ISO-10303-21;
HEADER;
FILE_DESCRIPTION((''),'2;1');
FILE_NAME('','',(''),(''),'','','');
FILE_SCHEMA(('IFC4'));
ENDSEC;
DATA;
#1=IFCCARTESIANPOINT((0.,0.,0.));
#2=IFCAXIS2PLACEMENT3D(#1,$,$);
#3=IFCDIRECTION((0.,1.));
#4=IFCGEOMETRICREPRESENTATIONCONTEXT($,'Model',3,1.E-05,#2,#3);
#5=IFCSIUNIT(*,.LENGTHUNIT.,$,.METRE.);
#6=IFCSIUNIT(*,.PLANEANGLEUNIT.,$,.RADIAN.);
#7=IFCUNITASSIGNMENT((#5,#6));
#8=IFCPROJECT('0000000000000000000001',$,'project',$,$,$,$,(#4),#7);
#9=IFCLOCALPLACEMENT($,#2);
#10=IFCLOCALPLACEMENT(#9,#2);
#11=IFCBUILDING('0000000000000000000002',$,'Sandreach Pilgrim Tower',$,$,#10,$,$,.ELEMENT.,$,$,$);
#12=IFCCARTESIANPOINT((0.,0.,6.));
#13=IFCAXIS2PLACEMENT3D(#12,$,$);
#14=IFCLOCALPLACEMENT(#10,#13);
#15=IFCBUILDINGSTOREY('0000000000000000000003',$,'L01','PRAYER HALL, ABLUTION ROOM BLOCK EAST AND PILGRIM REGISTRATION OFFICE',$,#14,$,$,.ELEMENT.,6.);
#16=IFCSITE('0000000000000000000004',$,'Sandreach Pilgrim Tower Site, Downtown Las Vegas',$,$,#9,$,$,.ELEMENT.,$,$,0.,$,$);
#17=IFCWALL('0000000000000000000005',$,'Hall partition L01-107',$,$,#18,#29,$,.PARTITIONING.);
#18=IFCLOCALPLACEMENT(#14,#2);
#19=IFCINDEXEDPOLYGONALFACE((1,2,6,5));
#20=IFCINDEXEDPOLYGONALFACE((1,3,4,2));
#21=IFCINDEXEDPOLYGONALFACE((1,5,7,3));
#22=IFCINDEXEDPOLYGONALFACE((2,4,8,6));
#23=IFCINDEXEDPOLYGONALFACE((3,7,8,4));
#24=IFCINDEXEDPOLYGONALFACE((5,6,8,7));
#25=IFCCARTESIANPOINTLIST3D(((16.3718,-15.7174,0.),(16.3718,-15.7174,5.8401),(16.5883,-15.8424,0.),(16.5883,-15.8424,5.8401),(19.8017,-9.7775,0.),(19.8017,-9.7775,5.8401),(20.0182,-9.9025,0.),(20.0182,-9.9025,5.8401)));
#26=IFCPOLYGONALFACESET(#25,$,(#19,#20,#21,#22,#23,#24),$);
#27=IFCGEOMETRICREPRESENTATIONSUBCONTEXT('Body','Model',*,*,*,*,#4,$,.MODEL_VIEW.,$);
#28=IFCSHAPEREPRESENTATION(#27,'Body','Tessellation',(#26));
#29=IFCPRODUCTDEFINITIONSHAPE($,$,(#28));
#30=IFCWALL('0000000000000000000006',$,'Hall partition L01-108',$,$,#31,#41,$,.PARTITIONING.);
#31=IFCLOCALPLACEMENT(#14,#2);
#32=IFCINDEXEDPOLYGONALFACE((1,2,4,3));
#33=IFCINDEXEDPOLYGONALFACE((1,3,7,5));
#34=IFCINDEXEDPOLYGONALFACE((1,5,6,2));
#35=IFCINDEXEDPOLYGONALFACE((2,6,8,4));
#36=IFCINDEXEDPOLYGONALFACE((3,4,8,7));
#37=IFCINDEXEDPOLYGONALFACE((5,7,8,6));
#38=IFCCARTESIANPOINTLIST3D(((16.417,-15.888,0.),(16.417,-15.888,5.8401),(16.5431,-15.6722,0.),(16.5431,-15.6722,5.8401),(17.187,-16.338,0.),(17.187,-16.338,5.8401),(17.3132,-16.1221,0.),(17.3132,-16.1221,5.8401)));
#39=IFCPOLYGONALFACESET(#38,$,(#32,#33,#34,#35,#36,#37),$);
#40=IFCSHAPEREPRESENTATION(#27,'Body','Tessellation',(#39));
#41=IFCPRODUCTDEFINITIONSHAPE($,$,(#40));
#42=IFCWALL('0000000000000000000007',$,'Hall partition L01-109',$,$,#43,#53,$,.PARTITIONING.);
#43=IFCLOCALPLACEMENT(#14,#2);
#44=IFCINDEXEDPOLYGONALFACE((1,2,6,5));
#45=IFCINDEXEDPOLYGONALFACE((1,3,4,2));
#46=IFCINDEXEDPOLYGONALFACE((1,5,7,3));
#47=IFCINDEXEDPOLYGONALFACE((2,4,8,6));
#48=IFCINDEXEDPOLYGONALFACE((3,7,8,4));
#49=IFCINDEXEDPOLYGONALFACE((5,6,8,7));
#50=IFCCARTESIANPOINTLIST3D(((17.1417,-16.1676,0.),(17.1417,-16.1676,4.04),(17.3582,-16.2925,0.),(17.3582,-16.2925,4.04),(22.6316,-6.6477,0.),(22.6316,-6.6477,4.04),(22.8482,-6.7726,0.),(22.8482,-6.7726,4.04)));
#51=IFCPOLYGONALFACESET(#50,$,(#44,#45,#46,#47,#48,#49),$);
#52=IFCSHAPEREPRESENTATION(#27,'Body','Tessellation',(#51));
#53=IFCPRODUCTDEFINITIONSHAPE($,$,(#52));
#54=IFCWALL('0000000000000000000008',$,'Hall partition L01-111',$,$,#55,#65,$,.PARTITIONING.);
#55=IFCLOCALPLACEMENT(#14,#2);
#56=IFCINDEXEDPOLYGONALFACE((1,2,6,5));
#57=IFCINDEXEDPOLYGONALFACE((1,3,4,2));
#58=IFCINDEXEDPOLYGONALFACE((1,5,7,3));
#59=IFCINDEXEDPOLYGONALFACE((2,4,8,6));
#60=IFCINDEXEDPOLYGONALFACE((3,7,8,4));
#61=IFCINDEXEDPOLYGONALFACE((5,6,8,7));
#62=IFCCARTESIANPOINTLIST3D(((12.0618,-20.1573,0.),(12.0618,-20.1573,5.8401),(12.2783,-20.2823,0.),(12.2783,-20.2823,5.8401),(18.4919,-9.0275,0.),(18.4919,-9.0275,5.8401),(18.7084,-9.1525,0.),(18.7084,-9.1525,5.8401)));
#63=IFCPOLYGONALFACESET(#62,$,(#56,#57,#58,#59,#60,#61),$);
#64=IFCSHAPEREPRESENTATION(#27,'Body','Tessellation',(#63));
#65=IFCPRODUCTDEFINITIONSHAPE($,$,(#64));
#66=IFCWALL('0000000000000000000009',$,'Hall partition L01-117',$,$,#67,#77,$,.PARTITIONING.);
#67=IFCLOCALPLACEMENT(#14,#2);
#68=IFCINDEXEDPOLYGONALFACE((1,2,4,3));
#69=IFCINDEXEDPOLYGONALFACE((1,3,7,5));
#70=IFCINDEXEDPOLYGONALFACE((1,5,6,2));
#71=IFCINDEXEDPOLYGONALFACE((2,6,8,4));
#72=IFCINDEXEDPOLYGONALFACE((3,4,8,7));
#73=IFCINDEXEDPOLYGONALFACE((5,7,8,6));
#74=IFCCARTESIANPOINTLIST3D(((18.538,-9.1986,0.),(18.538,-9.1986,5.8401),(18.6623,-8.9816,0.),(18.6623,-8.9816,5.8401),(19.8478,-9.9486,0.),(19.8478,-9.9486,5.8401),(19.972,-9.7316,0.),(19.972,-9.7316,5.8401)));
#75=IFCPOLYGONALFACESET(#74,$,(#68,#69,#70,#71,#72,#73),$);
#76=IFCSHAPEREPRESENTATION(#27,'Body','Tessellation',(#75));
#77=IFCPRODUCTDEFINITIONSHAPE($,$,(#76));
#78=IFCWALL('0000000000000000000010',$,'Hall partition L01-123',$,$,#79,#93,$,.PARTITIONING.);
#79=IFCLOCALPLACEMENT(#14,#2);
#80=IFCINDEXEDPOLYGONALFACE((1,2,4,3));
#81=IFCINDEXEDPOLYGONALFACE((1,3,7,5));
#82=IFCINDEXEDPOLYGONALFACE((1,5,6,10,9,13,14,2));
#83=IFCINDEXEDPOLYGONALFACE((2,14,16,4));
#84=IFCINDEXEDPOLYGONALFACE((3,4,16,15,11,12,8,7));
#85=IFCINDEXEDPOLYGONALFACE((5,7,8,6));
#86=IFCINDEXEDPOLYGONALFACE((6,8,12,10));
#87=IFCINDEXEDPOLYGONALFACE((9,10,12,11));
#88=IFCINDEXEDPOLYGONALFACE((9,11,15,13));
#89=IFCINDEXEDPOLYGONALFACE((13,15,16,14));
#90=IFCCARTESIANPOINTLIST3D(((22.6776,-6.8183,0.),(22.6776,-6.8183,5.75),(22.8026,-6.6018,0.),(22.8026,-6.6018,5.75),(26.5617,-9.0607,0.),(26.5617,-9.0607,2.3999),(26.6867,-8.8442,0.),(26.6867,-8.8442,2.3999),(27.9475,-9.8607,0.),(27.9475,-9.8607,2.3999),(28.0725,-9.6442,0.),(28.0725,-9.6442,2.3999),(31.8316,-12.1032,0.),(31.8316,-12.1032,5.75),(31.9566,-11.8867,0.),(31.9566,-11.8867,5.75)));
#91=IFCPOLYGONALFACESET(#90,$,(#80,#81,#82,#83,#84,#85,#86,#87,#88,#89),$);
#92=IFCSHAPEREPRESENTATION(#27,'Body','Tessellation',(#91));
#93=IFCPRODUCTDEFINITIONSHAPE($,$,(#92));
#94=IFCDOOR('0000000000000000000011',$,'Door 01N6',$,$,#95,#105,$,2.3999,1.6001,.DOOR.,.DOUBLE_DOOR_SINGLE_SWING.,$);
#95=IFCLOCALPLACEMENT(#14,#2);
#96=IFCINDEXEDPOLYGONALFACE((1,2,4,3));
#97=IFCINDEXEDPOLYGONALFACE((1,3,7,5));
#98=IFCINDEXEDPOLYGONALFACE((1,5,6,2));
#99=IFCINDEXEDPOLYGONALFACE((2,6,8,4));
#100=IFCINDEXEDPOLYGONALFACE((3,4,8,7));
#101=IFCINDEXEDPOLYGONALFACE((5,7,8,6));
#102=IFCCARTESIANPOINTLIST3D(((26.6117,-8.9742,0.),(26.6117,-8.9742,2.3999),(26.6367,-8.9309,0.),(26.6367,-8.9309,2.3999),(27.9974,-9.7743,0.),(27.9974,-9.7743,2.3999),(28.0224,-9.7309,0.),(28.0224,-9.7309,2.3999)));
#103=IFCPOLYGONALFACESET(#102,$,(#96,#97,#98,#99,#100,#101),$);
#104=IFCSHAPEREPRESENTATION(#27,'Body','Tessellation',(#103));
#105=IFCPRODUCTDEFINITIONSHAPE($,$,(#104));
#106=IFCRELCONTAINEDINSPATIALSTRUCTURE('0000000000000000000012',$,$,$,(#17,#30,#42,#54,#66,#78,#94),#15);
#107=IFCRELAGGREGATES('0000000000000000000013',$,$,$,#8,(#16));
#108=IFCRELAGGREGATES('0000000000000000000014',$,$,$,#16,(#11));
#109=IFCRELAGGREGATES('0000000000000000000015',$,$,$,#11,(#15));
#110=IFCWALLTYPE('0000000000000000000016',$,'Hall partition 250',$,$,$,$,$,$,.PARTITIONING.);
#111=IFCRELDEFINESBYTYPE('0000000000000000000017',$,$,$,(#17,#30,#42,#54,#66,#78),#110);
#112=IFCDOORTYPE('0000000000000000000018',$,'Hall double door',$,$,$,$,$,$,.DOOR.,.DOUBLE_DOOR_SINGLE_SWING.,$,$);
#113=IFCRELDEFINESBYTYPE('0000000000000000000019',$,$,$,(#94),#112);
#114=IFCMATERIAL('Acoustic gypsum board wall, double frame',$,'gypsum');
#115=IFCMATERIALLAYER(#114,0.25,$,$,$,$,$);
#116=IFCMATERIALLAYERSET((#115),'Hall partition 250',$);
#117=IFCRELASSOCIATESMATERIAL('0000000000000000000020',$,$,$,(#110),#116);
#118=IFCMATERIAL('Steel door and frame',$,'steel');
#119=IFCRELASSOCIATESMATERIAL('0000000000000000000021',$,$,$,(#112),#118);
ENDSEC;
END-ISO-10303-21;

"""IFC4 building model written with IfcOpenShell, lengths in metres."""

from ifc_helpers import new_model, si_unit, direction, frame, frame_2d, origin, place, context, subcontext, project, spatial, rectangle, extrude, material, layer, layer_set, type_object, element, fill, save


model = new_model("IFC4")

# Units and contexts
model_context = context("Model", 3, precision=1e-05, world=origin(), true_north=direction((0.0, 1.0)))
body_context = subcontext(model_context, "Body", "Model", "MODEL_VIEW")
ifc_project = project(units=[si_unit("LENGTHUNIT", "METRE"), si_unit("PLANEANGLEUNIT", "RADIAN")], contexts=[model_context])

# Site, building, storey
site_placement = place(None, origin())
site = spatial("IfcSite", under=ifc_project, at=site_placement, Name="Sandreach Pilgrim Tower Site, Downtown Las Vegas", CompositionType="ELEMENT", RefElevation=0.0)
building_placement = place(site_placement, origin())
building = spatial("IfcBuilding", under=site, at=building_placement, Name="Sandreach Pilgrim Tower", CompositionType="ELEMENT")
storey_placement = place(building_placement, frame((0.0, 0.0, 6.0)))
storey = spatial("IfcBuildingStorey", under=building, at=storey_placement, Name="L01", Description="PRAYER HALL, ABLUTION ROOM BLOCK EAST AND PILGRIM REGISTRATION OFFICE", CompositionType="ELEMENT", Elevation=6.0)

# Shared definitions
ifc_material_1 = material(Name="Acoustic gypsum board wall, double frame", Category="gypsum")
ifc_layer = layer(ifc_material_1, 0.25)
ifc_layer_set = layer_set([ifc_layer], Name="Hall partition 250")
wall_type = type_object("IfcWallType", Name="Hall partition 250", PredefinedType="PARTITIONING", material=ifc_layer_set)

# Shared definitions
ifc_material_2 = material(Name="Steel door and frame", Category="steel")
door_type = type_object("IfcDoorType", Name="Hall double door", OperationType="DOUBLE_DOOR_SINGLE_SWING", PredefinedType="DOOR", material=ifc_material_2)

# Walls
wall_1_placement = place(storey_placement, frame((16.48, -15.78, 0.0), z_axis=(0.0, 0.0, 1.0), x_axis=(0.500055, 0.865994, 0.0)))
element("IfcWall", 1, at=wall_1_placement, inside=storey, type_object=wall_type, Name="Hall partition L01-107", PredefinedType="PARTITIONING", context=body_context, shape_type="SweptSolid", body=[
    extrude(rectangle(XDim=6.8591, YDim=0.25, at=frame_2d((3.4297, 0.0))), origin(), (0.0, 0.0, 1.0), 5.8401),
])
wall_2_placement = place(storey_placement, frame((17.25, -16.23, 0.0), z_axis=(0.0, 0.0, 1.0), x_axis=(-0.863401, 0.504518, 0.0)))
element("IfcWall", 2, at=wall_2_placement, inside=storey, type_object=wall_type, Name="Hall partition L01-108", PredefinedType="PARTITIONING", context=body_context, shape_type="SweptSolid", body=[
    extrude(rectangle(XDim=0.8918, YDim=0.25, at=frame_2d((0.4458, 0.0))), origin(), (0.0, 0.0, 1.0), 5.8401),
])
wall_3_placement = place(storey_placement, frame((17.25, -16.23, 0.0), z_axis=(0.0, 0.0, 1.0), x_axis=(0.499563, 0.866277, 0.0)))
element("IfcWall", 3, at=wall_3_placement, inside=storey, type_object=wall_type, Name="Hall partition L01-109", PredefinedType="PARTITIONING", context=body_context, shape_type="SweptSolid", body=[
    extrude(rectangle(XDim=10.9895, YDim=0.25, at=frame_2d((5.4946, 0.0))), origin(), (0.0, 0.0, 1.0), 4.04),
])
wall_4_placement = place(storey_placement, frame((18.6001, -9.0901, 0.0), z_axis=(0.0, 0.0, 1.0), x_axis=(-0.500253, -0.865879, 0.0)))
element("IfcWall", 4, at=wall_4_placement, inside=storey, type_object=wall_type, Name="Hall partition L01-111", PredefinedType="PARTITIONING", context=body_context, shape_type="SweptSolid", body=[
    extrude(rectangle(XDim=12.8538, YDim=0.25, at=frame_2d((6.4268, 0.0))), origin(), (0.0, 0.0, 1.0), 5.8401),
])
wall_5_placement = place(storey_placement, frame((19.9099, -9.8401, 0.0), z_axis=(0.0, 0.0, 1.0), x_axis=(-0.867805, 0.496905, 0.0)))
element("IfcWall", 5, at=wall_5_placement, inside=storey, type_object=wall_type, Name="Hall partition L01-117", PredefinedType="PARTITIONING", context=body_context, shape_type="SweptSolid", body=[
    extrude(rectangle(XDim=1.5093, YDim=0.25, at=frame_2d((0.7546, 0.0))), origin(), (0.0, 0.0, 1.0), 5.8401),
])

# Wall, opening, door
wall_6_placement = place(storey_placement, frame((22.74, -6.71, 0.0), z_axis=(0.0, 0.0, 1.0), x_axis=(0.866033, -0.499987, 0.0)))
wall_6 = element("IfcWall", 6, at=wall_6_placement, inside=storey, type_object=wall_type, Name="Hall partition L01-123", PredefinedType="PARTITIONING", context=body_context, shape_type="SweptSolid", body=[
    extrude(rectangle(XDim=10.5701, YDim=0.25, at=frame_2d((5.2852, 0.0))), origin(), (0.0, 0.0, 1.0), 5.75),
])
opening_1_placement = place(wall_6_placement, frame((4.4851, 0.0, 0.0)))
opening_1 = element("IfcOpeningElement", 7, at=opening_1_placement, cuts=wall_6, PredefinedType="OPENING", context=body_context, shape_type="SweptSolid", body=[
    extrude(rectangle(XDim=1.6001, YDim=2.3999, at=frame_2d((0.8, 1.2))), frame((0.0, 0.125, 0.0), z_axis=(0.0, -1.0, 0.0), x_axis=(1.0, 0.0, 0.0)), (0.0, 0.0, 1.0), 0.25),
])
door_1_placement = place(opening_1_placement, origin())
door_1 = element("IfcDoor", 8, at=door_1_placement, inside=storey, type_object=door_type, Name="Door 01N6", OperationType="DOUBLE_DOOR_SINGLE_SWING", OverallHeight=2.3999, OverallWidth=1.6001, PredefinedType="DOOR", context=body_context, shape_type="SweptSolid", body=[
    extrude(rectangle(XDim=1.6001, YDim=2.3999, at=frame_2d((0.8, 1.2))), frame((0.0, 0.0249, 0.0), z_axis=(0.0, -1.0, 0.0), x_axis=(1.0, 0.0, 0.0)), (0.0, 0.0, 1.0), 0.05),
])
fill(opening_1, door_1)

save(model, "model.ifc")
